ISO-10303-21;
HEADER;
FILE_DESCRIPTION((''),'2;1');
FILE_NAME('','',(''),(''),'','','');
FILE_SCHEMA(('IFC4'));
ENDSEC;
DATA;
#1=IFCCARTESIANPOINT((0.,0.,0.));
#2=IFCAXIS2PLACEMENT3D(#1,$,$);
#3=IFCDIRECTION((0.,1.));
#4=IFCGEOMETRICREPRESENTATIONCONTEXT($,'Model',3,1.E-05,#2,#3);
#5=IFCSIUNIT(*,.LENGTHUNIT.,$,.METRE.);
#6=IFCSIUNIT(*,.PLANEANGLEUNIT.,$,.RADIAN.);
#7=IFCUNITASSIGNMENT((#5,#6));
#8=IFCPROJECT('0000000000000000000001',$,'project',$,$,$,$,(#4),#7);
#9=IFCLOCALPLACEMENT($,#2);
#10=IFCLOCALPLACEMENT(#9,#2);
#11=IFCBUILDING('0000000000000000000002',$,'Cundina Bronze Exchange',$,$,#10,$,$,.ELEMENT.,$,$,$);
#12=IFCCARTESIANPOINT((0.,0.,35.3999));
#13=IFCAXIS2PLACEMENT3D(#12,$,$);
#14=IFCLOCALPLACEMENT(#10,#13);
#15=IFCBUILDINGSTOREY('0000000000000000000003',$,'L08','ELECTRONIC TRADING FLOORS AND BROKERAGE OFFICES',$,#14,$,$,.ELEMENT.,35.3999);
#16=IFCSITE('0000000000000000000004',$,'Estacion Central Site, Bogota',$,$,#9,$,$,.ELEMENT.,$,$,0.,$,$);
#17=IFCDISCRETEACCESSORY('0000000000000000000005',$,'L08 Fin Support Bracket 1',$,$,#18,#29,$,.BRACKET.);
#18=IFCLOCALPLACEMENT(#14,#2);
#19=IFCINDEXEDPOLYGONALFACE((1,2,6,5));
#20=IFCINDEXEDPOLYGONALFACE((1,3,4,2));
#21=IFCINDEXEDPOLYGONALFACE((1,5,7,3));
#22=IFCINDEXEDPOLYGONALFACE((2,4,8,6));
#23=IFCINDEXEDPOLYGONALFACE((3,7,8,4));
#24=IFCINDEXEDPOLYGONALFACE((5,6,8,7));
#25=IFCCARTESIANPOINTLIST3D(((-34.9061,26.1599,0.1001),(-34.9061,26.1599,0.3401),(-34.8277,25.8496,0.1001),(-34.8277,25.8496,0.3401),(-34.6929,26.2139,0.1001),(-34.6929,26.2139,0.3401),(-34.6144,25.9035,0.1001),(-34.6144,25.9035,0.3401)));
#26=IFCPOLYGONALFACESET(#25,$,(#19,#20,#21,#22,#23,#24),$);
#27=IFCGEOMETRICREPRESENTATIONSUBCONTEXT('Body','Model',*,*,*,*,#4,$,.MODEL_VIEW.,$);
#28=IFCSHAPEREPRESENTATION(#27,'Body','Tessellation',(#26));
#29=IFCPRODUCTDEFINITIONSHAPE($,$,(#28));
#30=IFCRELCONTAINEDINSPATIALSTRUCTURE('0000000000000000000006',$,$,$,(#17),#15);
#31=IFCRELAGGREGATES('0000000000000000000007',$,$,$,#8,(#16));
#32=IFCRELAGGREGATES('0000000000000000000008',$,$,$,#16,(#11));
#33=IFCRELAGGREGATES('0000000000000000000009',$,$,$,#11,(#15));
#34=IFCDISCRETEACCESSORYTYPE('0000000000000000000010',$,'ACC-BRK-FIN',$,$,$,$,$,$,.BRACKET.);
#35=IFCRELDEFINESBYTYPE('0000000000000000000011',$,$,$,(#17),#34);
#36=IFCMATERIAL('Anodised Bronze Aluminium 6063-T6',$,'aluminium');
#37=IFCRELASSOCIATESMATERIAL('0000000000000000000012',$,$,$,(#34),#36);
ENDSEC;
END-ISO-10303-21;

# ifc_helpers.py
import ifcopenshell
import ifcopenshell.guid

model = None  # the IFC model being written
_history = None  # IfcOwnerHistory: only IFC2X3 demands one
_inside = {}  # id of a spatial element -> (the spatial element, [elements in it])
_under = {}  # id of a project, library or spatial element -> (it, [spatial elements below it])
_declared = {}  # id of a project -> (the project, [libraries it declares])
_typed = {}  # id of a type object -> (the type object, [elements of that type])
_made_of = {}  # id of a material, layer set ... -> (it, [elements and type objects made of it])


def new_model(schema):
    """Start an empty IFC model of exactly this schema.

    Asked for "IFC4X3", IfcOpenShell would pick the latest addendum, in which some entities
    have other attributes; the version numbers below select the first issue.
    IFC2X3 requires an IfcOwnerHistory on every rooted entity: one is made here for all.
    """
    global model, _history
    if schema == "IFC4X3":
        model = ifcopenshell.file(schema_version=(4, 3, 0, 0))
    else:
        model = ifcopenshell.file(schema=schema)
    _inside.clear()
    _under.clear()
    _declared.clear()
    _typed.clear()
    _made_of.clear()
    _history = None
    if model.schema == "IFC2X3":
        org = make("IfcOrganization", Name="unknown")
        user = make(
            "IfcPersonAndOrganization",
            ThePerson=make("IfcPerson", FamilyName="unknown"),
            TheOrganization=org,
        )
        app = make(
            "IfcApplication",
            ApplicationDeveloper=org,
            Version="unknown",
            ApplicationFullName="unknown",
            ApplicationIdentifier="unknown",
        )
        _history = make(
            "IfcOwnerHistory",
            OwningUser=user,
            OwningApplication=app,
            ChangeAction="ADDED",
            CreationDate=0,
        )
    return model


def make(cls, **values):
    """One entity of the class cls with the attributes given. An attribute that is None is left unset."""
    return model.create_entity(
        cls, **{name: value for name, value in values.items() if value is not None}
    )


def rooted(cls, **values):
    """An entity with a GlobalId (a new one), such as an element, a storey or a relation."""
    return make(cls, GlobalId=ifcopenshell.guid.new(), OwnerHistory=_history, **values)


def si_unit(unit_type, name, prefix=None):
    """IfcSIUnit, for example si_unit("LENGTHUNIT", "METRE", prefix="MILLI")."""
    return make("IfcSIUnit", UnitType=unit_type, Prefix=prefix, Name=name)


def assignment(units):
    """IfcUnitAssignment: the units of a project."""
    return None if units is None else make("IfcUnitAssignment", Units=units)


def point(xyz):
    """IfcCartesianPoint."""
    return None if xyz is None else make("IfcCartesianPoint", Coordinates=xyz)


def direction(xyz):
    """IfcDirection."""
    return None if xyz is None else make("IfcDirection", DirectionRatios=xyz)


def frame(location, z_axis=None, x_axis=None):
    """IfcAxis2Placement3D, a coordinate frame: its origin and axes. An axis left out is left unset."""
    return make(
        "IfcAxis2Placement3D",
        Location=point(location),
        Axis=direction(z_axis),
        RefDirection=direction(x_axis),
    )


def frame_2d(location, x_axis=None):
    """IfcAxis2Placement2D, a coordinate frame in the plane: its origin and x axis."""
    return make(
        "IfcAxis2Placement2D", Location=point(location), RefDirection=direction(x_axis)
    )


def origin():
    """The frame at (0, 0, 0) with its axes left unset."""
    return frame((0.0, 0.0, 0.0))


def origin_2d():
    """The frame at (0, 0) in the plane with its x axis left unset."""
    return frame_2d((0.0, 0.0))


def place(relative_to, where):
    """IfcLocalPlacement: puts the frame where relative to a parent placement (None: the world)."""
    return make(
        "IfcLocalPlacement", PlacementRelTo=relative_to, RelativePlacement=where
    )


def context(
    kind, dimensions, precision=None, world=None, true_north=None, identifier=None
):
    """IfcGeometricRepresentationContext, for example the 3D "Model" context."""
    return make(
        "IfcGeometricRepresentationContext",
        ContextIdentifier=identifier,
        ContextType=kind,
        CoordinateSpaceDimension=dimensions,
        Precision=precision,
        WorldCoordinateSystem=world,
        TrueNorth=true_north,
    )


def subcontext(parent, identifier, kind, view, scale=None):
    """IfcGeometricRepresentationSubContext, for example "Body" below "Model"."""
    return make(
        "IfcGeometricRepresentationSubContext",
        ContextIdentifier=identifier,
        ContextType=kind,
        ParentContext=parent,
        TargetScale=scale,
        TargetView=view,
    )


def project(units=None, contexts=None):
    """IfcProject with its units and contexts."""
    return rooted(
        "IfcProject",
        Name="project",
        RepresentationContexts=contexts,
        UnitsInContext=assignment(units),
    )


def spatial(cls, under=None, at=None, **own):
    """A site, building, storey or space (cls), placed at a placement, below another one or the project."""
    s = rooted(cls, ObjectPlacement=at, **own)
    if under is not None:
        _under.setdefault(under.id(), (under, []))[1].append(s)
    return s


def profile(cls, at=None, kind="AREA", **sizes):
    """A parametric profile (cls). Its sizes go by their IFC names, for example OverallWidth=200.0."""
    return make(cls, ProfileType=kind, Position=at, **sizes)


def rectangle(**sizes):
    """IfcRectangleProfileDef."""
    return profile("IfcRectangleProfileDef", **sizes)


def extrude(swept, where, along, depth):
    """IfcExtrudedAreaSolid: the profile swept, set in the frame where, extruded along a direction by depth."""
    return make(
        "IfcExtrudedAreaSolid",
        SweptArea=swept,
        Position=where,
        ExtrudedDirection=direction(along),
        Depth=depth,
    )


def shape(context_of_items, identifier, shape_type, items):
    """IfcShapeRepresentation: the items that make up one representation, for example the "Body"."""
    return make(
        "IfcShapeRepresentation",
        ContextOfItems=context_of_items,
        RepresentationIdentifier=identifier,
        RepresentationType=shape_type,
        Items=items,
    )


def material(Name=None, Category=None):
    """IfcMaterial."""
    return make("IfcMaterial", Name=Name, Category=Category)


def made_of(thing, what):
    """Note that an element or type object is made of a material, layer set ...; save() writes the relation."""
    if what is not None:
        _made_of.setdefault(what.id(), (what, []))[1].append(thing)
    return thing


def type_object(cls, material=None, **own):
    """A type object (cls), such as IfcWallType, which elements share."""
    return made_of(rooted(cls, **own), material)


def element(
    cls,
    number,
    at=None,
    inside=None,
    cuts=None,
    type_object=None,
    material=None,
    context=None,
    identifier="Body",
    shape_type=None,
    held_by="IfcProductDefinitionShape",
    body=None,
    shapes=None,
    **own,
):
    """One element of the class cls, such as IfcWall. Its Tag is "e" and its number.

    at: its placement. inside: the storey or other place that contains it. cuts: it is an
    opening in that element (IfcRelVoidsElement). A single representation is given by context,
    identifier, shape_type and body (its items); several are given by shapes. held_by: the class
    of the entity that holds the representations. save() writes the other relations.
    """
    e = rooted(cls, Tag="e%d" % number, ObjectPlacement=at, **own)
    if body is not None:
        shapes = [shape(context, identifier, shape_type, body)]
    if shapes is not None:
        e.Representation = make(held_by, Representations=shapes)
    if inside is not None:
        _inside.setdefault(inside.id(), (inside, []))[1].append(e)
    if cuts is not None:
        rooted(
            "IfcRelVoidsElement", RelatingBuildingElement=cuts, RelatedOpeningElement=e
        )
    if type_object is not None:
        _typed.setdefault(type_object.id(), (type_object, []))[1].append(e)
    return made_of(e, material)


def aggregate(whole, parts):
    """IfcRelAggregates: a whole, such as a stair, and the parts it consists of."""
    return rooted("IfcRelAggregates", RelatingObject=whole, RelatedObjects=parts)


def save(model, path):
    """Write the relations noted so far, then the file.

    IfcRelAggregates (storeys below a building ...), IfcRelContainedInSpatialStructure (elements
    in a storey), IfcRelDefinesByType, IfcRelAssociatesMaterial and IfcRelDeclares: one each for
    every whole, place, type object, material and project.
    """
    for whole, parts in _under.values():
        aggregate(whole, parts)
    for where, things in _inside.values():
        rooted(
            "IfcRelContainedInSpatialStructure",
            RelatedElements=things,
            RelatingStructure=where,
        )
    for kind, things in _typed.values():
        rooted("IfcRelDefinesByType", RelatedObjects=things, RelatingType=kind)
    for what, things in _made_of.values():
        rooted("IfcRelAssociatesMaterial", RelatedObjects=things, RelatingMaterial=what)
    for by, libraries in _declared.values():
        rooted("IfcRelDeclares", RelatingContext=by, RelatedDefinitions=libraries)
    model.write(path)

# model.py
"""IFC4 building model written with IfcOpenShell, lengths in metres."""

from ifc_helpers import new_model, si_unit, direction, frame, origin, origin_2d, place, context, subcontext, project, spatial, rectangle, extrude, material, type_object, element, save


model = new_model("IFC4")

# Units and contexts
model_context = context("Model", 3, precision=1e-05, world=origin(), true_north=direction((0.0, 1.0)))
body_context = subcontext(model_context, "Body", "Model", "MODEL_VIEW")
ifc_project = project(units=[si_unit("LENGTHUNIT", "METRE"), si_unit("PLANEANGLEUNIT", "RADIAN")], contexts=[model_context])

# Site, building, storey
site_placement = place(None, origin())
site = spatial("IfcSite", under=ifc_project, at=site_placement, Name="Estacion Central Site, Bogota", CompositionType="ELEMENT", RefElevation=0.0)
building_placement = place(site_placement, origin())
building = spatial("IfcBuilding", under=site, at=building_placement, Name="Cundina Bronze Exchange", CompositionType="ELEMENT")
storey_placement = place(building_placement, frame((0.0, 0.0, 35.3999)))
storey = spatial("IfcBuildingStorey", under=building, at=storey_placement, Name="L08", Description="ELECTRONIC TRADING FLOORS AND BROKERAGE OFFICES", CompositionType="ELEMENT", Elevation=35.3999)

# Shared definitions
ifc_material_1 = material(Name="Anodised Bronze Aluminium 6063-T6", Category="aluminium")

# Discrete accessory
discrete_accessory_type = type_object("IfcDiscreteAccessoryType", Name="ACC-BRK-FIN", PredefinedType="BRACKET", material=ifc_material_1)
discrete_accessory_placement = place(storey_placement, frame((-34.7603, 26.0317, 0.1001), z_axis=(0.0, 0.0, 1.0), x_axis=(-0.969488, -0.245138, 0.0)))
element("IfcDiscreteAccessory", 1, at=discrete_accessory_placement, inside=storey, type_object=discrete_accessory_type, Name="L08 Fin Support Bracket 1", PredefinedType="BRACKET", context=body_context, shape_type="SweptSolid", body=[
    extrude(rectangle(XDim=0.22, YDim=0.3201, at=origin_2d()), origin(), (0.0, 0.0, 1.0), 0.24),
])

save(model, "model.ifc")
